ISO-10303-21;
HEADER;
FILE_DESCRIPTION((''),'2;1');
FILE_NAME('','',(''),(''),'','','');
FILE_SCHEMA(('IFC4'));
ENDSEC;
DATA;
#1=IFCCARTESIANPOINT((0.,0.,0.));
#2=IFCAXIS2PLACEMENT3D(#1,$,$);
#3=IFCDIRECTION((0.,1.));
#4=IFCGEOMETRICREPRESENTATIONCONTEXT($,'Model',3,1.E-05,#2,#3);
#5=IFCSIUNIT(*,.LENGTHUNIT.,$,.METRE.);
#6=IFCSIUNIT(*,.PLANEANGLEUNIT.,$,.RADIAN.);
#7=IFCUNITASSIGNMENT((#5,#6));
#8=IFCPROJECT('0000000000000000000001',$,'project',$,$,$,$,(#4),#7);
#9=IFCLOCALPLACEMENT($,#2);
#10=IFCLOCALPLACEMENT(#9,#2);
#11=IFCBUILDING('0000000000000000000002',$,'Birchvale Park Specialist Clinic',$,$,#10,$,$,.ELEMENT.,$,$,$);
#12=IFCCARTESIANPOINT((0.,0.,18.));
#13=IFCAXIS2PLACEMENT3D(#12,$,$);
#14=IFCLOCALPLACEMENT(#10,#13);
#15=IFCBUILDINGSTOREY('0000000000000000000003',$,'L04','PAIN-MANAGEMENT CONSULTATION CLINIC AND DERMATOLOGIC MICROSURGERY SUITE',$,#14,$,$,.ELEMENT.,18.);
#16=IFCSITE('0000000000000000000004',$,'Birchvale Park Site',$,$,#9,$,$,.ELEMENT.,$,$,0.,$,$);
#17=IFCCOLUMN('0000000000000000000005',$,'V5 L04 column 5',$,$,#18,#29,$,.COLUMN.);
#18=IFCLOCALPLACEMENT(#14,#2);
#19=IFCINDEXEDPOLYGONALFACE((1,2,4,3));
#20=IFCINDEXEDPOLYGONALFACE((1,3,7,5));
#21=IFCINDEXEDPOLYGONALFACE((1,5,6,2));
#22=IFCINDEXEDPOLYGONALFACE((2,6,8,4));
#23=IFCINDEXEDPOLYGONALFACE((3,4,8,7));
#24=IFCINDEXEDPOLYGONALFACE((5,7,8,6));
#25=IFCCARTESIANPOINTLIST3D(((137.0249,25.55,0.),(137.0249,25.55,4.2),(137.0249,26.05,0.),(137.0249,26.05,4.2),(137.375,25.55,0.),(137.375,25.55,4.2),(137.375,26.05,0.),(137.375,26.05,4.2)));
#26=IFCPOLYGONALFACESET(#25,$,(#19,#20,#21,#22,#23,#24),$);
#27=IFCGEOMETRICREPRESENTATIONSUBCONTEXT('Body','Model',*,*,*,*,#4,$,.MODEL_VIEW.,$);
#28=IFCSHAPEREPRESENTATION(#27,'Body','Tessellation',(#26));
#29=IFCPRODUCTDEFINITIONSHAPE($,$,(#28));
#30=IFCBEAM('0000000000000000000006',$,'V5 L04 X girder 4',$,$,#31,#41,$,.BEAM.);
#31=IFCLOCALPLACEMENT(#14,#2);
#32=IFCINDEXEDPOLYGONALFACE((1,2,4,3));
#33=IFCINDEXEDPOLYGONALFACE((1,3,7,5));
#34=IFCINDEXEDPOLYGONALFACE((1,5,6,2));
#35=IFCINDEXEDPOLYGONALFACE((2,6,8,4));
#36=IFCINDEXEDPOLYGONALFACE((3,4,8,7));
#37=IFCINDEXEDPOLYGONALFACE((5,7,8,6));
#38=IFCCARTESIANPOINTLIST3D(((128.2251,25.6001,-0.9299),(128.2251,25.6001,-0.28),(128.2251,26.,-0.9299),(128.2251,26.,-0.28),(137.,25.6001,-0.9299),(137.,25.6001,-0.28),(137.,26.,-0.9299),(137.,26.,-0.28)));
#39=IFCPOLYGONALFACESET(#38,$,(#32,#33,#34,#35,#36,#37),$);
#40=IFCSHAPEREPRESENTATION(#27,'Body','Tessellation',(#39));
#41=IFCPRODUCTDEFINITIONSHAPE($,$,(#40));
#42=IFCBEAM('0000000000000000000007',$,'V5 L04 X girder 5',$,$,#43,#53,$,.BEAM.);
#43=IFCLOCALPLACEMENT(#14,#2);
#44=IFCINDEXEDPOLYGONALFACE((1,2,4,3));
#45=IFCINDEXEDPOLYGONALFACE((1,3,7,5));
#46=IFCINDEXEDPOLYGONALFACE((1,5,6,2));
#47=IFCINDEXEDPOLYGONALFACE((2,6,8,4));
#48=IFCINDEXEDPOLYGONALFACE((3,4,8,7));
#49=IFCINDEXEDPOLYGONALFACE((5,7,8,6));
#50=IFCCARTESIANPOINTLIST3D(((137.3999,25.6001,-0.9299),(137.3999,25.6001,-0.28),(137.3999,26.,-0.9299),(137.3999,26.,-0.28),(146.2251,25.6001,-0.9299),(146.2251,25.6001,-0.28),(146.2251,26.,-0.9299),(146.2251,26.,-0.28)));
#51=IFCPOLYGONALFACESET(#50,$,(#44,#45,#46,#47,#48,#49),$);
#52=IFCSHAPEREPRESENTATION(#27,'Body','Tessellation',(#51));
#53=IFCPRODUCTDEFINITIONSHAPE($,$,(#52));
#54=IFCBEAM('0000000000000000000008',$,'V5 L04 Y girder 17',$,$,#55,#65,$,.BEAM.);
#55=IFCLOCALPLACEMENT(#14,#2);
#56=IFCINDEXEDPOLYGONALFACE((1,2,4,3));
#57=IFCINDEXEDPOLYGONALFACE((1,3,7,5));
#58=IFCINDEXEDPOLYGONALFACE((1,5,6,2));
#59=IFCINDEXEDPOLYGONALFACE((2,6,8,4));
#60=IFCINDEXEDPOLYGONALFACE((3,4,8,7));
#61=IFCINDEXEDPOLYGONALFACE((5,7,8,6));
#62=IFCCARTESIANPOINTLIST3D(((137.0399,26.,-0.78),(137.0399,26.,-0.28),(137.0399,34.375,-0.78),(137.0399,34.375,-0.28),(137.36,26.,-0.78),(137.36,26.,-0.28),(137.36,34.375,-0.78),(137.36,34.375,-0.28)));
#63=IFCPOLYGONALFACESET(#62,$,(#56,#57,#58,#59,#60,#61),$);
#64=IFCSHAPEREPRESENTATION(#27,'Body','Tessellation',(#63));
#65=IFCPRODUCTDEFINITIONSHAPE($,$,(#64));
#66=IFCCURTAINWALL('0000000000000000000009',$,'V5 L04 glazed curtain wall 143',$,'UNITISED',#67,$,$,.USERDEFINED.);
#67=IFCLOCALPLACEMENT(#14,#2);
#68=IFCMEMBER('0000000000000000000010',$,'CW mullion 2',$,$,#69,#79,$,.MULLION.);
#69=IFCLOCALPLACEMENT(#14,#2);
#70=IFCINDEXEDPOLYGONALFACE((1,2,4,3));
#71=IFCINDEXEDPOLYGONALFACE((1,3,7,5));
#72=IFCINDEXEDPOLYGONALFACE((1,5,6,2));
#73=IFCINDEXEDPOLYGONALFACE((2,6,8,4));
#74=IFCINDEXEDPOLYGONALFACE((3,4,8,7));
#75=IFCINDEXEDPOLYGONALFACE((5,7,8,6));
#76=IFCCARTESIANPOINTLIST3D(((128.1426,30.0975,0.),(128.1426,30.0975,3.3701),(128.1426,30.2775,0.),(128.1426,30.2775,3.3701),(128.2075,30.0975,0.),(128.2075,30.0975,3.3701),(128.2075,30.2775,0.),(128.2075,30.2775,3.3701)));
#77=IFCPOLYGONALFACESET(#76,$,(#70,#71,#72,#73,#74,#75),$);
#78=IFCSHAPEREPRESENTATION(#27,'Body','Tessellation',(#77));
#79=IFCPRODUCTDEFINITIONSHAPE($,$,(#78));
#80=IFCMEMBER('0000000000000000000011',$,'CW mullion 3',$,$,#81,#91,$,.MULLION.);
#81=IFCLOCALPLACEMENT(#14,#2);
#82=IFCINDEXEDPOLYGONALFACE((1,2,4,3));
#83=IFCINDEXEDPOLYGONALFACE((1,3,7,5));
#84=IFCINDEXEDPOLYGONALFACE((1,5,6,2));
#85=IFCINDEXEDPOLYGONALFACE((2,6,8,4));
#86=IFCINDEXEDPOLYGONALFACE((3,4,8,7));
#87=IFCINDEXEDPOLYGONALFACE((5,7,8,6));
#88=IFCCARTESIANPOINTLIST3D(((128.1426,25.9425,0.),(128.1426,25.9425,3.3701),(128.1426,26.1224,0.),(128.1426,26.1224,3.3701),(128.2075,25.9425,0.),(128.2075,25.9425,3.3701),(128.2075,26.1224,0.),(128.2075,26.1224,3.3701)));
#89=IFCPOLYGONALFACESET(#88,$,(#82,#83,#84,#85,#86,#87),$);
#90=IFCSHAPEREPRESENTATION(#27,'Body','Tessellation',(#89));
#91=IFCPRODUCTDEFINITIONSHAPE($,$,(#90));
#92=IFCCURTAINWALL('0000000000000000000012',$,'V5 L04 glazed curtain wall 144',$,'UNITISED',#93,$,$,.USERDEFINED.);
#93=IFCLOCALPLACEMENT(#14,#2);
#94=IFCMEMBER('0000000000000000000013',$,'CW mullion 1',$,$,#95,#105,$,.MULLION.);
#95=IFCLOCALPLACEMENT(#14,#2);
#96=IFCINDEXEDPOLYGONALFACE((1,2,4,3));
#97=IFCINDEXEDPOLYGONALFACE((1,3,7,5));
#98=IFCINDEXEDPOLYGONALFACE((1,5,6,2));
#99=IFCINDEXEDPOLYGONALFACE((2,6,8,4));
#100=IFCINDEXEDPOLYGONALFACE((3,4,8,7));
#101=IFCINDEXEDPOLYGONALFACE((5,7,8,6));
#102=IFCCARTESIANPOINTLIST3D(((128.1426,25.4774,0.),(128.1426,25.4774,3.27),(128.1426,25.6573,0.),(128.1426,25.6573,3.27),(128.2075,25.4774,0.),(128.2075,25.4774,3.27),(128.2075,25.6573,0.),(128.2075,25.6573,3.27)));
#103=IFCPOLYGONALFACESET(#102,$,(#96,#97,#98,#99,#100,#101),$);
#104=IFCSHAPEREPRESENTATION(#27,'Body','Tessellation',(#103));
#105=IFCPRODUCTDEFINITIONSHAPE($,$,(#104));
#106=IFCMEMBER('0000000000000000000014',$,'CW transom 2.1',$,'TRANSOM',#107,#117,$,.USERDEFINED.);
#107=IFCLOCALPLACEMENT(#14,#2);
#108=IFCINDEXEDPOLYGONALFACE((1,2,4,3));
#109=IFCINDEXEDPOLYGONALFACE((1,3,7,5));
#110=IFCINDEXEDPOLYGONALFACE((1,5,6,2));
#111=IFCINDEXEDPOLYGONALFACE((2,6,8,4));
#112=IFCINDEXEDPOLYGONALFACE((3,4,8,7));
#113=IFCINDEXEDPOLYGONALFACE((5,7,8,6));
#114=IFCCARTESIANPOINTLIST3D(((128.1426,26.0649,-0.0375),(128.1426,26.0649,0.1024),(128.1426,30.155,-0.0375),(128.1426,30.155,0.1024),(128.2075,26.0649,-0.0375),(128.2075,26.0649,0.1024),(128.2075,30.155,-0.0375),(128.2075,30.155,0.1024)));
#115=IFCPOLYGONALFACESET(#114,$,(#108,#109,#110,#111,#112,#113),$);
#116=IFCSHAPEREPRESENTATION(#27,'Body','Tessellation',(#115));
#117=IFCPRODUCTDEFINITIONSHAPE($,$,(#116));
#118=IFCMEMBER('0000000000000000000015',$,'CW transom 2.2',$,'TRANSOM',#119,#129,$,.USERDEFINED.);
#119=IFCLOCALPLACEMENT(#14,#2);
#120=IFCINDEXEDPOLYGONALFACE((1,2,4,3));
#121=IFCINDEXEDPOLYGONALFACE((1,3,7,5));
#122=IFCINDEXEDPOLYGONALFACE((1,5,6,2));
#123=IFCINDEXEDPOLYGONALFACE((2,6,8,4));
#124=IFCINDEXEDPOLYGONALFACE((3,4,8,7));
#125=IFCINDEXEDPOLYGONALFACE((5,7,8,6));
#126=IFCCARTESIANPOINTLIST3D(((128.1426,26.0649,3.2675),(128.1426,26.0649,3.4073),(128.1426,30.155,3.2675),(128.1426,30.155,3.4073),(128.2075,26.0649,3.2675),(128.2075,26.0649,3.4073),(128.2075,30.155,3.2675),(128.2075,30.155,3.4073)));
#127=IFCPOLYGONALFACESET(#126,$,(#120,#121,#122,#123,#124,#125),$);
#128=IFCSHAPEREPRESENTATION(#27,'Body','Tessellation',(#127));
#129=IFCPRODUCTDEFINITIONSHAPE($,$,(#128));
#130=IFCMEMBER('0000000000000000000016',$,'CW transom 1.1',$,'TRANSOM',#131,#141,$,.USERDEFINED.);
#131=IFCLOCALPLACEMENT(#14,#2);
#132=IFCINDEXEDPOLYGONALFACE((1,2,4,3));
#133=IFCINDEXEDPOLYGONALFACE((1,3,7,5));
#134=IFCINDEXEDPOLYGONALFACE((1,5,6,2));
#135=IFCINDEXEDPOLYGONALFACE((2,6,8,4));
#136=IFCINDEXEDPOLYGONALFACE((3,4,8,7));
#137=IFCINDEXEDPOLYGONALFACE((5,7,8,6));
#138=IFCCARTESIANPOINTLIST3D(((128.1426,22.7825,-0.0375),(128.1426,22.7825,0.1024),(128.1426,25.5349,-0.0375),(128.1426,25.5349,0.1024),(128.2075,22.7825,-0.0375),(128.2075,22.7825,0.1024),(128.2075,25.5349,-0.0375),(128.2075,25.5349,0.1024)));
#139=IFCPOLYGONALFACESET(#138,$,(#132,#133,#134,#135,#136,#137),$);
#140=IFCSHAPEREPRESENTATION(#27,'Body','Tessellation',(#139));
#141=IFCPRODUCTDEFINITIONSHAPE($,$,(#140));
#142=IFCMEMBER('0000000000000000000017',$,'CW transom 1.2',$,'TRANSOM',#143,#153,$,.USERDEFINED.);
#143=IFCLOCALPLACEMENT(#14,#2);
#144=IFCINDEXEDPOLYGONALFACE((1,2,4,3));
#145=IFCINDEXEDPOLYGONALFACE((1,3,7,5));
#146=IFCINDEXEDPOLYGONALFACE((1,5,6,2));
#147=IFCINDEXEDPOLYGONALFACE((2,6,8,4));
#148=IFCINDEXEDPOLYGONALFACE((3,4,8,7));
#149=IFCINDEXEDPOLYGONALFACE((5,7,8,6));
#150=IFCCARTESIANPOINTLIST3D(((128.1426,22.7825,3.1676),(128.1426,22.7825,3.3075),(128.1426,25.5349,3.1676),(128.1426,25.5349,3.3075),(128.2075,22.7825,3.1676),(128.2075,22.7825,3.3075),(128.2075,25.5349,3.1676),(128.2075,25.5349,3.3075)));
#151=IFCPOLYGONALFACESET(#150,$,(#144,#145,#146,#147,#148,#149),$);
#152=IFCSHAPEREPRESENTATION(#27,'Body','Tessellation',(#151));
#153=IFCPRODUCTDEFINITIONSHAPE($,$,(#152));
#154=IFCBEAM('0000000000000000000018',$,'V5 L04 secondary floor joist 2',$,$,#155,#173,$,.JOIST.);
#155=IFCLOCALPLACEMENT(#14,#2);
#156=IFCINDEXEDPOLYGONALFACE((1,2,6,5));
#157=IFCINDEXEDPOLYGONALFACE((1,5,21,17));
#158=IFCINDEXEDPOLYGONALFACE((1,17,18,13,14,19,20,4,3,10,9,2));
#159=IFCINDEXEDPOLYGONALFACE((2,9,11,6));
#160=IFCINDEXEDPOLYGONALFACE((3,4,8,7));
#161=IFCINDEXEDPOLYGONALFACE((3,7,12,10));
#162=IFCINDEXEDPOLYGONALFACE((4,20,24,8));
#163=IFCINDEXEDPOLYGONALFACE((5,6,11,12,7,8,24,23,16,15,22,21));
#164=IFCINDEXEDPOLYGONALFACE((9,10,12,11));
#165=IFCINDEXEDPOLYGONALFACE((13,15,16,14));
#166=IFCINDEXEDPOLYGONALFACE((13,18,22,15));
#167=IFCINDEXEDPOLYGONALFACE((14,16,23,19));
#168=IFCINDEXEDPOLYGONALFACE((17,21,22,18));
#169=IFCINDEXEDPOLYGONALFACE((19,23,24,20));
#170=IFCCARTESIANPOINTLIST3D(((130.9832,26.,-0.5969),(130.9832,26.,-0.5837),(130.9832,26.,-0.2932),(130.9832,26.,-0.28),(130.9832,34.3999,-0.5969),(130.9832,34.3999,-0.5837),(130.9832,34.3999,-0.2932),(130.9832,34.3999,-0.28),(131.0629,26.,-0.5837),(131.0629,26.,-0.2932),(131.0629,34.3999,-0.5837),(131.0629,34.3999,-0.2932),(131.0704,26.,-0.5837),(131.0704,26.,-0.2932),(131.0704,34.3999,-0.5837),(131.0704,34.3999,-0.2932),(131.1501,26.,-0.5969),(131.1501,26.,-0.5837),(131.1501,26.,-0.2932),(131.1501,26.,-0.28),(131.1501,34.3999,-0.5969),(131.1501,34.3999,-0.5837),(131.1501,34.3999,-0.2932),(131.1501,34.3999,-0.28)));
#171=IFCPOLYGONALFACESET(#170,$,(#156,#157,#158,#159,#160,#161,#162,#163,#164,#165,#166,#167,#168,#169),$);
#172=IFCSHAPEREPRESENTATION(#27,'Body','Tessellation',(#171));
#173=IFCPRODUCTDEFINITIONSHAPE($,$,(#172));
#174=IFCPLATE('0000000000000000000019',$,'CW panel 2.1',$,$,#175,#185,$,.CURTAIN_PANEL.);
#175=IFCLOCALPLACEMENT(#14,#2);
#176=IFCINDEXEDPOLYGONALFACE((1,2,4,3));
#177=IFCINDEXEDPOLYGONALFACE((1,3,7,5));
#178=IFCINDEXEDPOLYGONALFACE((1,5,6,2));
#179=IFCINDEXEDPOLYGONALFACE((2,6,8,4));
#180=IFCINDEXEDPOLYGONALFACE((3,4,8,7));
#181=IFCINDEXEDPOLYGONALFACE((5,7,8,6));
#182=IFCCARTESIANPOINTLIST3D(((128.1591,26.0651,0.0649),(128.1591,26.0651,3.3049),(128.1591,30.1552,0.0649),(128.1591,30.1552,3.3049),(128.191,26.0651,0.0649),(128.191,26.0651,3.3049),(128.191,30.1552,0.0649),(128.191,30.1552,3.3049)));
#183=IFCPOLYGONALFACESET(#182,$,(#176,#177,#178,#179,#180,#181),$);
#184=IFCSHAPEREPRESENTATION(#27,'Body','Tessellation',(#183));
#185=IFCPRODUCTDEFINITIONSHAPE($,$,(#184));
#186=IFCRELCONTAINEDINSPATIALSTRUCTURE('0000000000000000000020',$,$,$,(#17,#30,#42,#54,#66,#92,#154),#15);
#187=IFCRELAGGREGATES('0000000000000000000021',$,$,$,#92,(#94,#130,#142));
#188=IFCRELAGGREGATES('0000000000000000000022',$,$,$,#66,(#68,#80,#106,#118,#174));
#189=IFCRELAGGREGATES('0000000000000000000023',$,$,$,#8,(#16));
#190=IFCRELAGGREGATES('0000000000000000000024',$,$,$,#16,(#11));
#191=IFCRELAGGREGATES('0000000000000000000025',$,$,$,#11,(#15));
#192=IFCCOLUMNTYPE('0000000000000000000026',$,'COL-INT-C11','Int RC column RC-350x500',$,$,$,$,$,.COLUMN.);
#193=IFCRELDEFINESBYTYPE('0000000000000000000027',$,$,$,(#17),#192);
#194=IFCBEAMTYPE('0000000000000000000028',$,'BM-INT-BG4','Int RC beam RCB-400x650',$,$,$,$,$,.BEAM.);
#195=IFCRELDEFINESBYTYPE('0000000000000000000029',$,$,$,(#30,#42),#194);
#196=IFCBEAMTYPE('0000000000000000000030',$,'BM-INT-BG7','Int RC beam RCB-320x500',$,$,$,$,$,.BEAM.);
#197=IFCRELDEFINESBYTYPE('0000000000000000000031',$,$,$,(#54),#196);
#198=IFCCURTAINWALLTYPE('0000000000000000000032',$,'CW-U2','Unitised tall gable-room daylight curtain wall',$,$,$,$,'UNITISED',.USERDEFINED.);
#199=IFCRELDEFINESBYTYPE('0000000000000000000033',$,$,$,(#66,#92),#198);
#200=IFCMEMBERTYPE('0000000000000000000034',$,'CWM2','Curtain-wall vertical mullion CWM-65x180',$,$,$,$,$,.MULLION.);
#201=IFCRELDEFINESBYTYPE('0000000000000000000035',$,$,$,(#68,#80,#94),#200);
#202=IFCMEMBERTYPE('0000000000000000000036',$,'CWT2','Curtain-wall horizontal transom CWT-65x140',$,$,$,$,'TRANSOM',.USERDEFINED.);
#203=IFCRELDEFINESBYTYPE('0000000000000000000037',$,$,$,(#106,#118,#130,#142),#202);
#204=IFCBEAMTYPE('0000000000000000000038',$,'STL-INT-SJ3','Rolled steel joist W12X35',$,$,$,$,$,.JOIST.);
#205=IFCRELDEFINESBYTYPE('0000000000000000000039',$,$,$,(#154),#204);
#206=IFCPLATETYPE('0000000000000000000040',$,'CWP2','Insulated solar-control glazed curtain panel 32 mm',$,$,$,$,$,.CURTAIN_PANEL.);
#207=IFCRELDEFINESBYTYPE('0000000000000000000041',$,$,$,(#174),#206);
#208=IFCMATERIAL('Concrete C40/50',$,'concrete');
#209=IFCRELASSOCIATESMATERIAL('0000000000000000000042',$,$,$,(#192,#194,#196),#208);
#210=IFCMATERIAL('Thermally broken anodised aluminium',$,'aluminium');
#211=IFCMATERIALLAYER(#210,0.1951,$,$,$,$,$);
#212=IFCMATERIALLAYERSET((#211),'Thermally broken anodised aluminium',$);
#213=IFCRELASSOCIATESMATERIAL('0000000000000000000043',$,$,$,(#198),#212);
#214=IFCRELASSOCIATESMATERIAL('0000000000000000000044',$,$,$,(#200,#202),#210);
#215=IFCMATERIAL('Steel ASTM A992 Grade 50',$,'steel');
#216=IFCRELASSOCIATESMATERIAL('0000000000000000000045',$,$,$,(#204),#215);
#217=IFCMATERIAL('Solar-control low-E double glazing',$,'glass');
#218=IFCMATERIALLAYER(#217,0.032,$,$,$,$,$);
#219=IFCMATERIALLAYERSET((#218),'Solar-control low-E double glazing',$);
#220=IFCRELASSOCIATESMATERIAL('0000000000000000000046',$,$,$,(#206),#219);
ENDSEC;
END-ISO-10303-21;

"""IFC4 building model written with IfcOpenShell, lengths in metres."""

from ifc_helpers import new_model, si_unit, direction, frame, origin, origin_2d, place, context, subcontext, project, spatial, rectangle, i_section, extrude, material, layer, layer_set, material_profile, profile_set, type_object, element, aggregate, save


model = new_model("IFC4")

# Units and contexts
model_context = context("Model", 3, precision=1e-05, world=origin(), true_north=direction((0.0, 1.0)))
body_context = subcontext(model_context, "Body", "Model", "MODEL_VIEW")
ifc_project = project(units=[si_unit("LENGTHUNIT", "METRE"), si_unit("PLANEANGLEUNIT", "RADIAN")], contexts=[model_context])

# Site, building, storey
site_placement = place(None, origin())
site = spatial("IfcSite", under=ifc_project, at=site_placement, Name="Birchvale Park Site", CompositionType="ELEMENT", RefElevation=0.0)
building_placement = place(site_placement, origin())
building = spatial("IfcBuilding", under=site, at=building_placement, Name="Birchvale Park Specialist Clinic", CompositionType="ELEMENT")
storey_placement = place(building_placement, frame((0.0, 0.0, 18.0)))
storey = spatial("IfcBuildingStorey", under=building, at=storey_placement, Name="L04", Description="PAIN-MANAGEMENT CONSULTATION CLINIC AND DERMATOLOGIC MICROSURGERY SUITE", CompositionType="ELEMENT", Elevation=18.0)

# Column
ifc_material_1 = material(Name="Concrete C40/50", Category="concrete")
ifc_material_profile_1 = material_profile(ifc_material_1, rectangle(XDim=0.3501, YDim=0.5, at=origin_2d()), Name="RC-350x500")
ifc_profile_set_1 = profile_set([ifc_material_profile_1], Name="Concrete C40/50")
column_type = type_object("IfcColumnType", Name="COL-INT-C11", Description="Int RC column RC-350x500", PredefinedType="COLUMN", material=ifc_profile_set_1)
column_placement = place(storey_placement, frame((137.2, 25.8, 0.0), z_axis=(0.0, 0.0, 1.0), x_axis=(1.0, 0.0, 0.0)))
element("IfcColumn", 1, at=column_placement, inside=storey, type_object=column_type, Name="V5 L04 column 5", PredefinedType="COLUMN", context=body_context, shape_type="SweptSolid", body=[
    extrude(rectangle(XDim=0.3501, YDim=0.5, at=origin_2d()), origin(), (0.0, 0.0, 1.0), 4.2),
])

# Beams
ifc_material_profile_2 = material_profile(ifc_material_1, rectangle(XDim=0.3999, YDim=0.6499, at=origin_2d()), Name="RCB-400x650")
ifc_profile_set_2 = profile_set([ifc_material_profile_2], Name="Concrete C40/50")
beam_type_1 = type_object("IfcBeamType", Name="BM-INT-BG4", Description="Int RC beam RCB-400x650", PredefinedType="BEAM", material=ifc_profile_set_2)
beam_1_placement = place(storey_placement, frame((128.2251, 25.8, -0.605), z_axis=(1.0, 0.0, 0.0), x_axis=(0.0, 1.0, 0.0)))
element("IfcBeam", 2, at=beam_1_placement, inside=storey, type_object=beam_type_1, Name="V5 L04 X girder 4", PredefinedType="BEAM", context=body_context, shape_type="SweptSolid", body=[
    extrude(rectangle(XDim=0.3999, YDim=0.6499, at=origin_2d()), origin(), (0.0, 0.0, 1.0), 8.7749),
])
beam_2_placement = place(storey_placement, frame((137.3999, 25.8, -0.605), z_axis=(1.0, 0.0, 0.0), x_axis=(0.0, 1.0, 0.0)))
element("IfcBeam", 3, at=beam_2_placement, inside=storey, type_object=beam_type_1, Name="V5 L04 X girder 5", PredefinedType="BEAM", context=body_context, shape_type="SweptSolid", body=[
    extrude(rectangle(XDim=0.3999, YDim=0.6499, at=origin_2d()), origin(), (0.0, 0.0, 1.0), 8.8252),
])
ifc_material_profile_3 = material_profile(ifc_material_1, rectangle(XDim=0.3201, YDim=0.5, at=origin_2d()), Name="RCB-320x500")
ifc_profile_set_3 = profile_set([ifc_material_profile_3], Name="Concrete C40/50")
beam_type_2 = type_object("IfcBeamType", Name="BM-INT-BG7", Description="Int RC beam RCB-320x500", PredefinedType="BEAM", material=ifc_profile_set_3)
beam_3_placement = place(storey_placement, frame((137.2, 26.0, -0.53), z_axis=(0.0, 1.0, 0.0), x_axis=(-1.0, 0.0, 0.0)))
element("IfcBeam", 4, at=beam_3_placement, inside=storey, type_object=beam_type_2, Name="V5 L04 Y girder 17", PredefinedType="BEAM", context=body_context, shape_type="SweptSolid", body=[
    extrude(rectangle(XDim=0.3201, YDim=0.5, at=origin_2d()), origin(), (0.0, 0.0, 1.0), 8.375),
])

# Curtain wall, members
ifc_material_2 = material(Name="Thermally broken anodised aluminium", Category="aluminium")
ifc_layer_1 = layer(ifc_material_2, 0.1951)
ifc_layer_set_1 = layer_set([ifc_layer_1], Name="Thermally broken anodised aluminium")
curtain_wall_type = type_object("IfcCurtainWallType", Name="CW-U2", Description="Unitised tall gable-room daylight curtain wall", ElementType="UNITISED", PredefinedType="USERDEFINED", material=ifc_layer_set_1)
curtain_wall_1_placement = place(storey_placement, origin())
curtain_wall_1 = element("IfcCurtainWall", 5, at=curtain_wall_1_placement, inside=storey, type_object=curtain_wall_type, Name="V5 L04 glazed curtain wall 143", ObjectType="UNITISED", PredefinedType="USERDEFINED")
ifc_material_profile_4 = material_profile(ifc_material_2, rectangle(XDim=0.0649, YDim=0.1799, at=origin_2d()), Name="CWM-65x180")
ifc_profile_set_4 = profile_set([ifc_material_profile_4], Name="Thermally broken anodised aluminium")
member_type_1 = type_object("IfcMemberType", Name="CWM2", Description="Curtain-wall vertical mullion CWM-65x180", PredefinedType="MULLION", material=ifc_profile_set_4)
member_1_placement = place(storey_placement, frame((128.175, 30.1875, 0.0), z_axis=(0.0, 0.0, 1.0), x_axis=(1.0, 0.0, 0.0)))
member_1 = element("IfcMember", 6, at=member_1_placement, type_object=member_type_1, Name="CW mullion 2", PredefinedType="MULLION", context=body_context, shape_type="SweptSolid", body=[
    extrude(rectangle(XDim=0.0649, YDim=0.1799, at=origin_2d()), origin(), (0.0, 0.0, 1.0), 3.3701),
])
member_2_placement = place(storey_placement, frame((128.175, 26.0325, 0.0), z_axis=(0.0, 0.0, 1.0), x_axis=(1.0, 0.0, 0.0)))
member_2 = element("IfcMember", 7, at=member_2_placement, type_object=member_type_1, Name="CW mullion 3", PredefinedType="MULLION", context=body_context, shape_type="SweptSolid", body=[
    extrude(rectangle(XDim=0.0649, YDim=0.1799, at=origin_2d()), origin(), (0.0, 0.0, 1.0), 3.3701),
])

# Curtain wall, member
curtain_wall_2_placement = place(storey_placement, origin())
curtain_wall_2 = element("IfcCurtainWall", 8, at=curtain_wall_2_placement, inside=storey, type_object=curtain_wall_type, Name="V5 L04 glazed curtain wall 144", ObjectType="UNITISED", PredefinedType="USERDEFINED")
member_3_placement = place(storey_placement, frame((128.175, 25.5674, 0.0), z_axis=(0.0, 0.0, 1.0), x_axis=(1.0, 0.0, 0.0)))
member_3 = element("IfcMember", 9, at=member_3_placement, type_object=member_type_1, Name="CW mullion 1", PredefinedType="MULLION", context=body_context, shape_type="SweptSolid", body=[
    extrude(rectangle(XDim=0.0649, YDim=0.1799, at=origin_2d()), origin(), (0.0, 0.0, 1.0), 3.27),
])

# Members
ifc_material_profile_5 = material_profile(ifc_material_2, rectangle(XDim=0.0649, YDim=0.1399, at=origin_2d()), Name="CWT-65x140")
ifc_profile_set_5 = profile_set([ifc_material_profile_5], Name="Thermally broken anodised aluminium")
member_type_2 = type_object("IfcMemberType", Name="CWT2", Description="Curtain-wall horizontal transom CWT-65x140", ElementType="TRANSOM", PredefinedType="USERDEFINED", material=ifc_profile_set_5)
member_4_placement = place(storey_placement, frame((128.175, 30.155, 0.0325), z_axis=(0.0, -1.0, 0.0), x_axis=(1.0, 0.0, 0.0)))
member_4 = element("IfcMember", 10, at=member_4_placement, type_object=member_type_2, Name="CW transom 2.1", ObjectType="TRANSOM", PredefinedType="USERDEFINED", context=body_context, shape_type="SweptSolid", body=[
    extrude(rectangle(XDim=0.0649, YDim=0.1399, at=origin_2d()), origin(), (0.0, 0.0, 1.0), 4.0901),
])
member_5_placement = place(storey_placement, frame((128.175, 30.155, 3.3374), z_axis=(0.0, -1.0, 0.0), x_axis=(1.0, 0.0, 0.0)))
member_5 = element("IfcMember", 11, at=member_5_placement, type_object=member_type_2, Name="CW transom 2.2", ObjectType="TRANSOM", PredefinedType="USERDEFINED", context=body_context, shape_type="SweptSolid", body=[
    extrude(rectangle(XDim=0.0649, YDim=0.1399, at=origin_2d()), origin(), (0.0, 0.0, 1.0), 4.0901),
])
member_6_placement = place(storey_placement, frame((128.175, 25.5349, 0.0325), z_axis=(0.0, -1.0, 0.0), x_axis=(1.0, 0.0, 0.0)))
member_6 = element("IfcMember", 12, at=member_6_placement, type_object=member_type_2, Name="CW transom 1.1", ObjectType="TRANSOM", PredefinedType="USERDEFINED", context=body_context, shape_type="SweptSolid", body=[
    extrude(rectangle(XDim=0.0649, YDim=0.1399, at=origin_2d()), origin(), (0.0, 0.0, 1.0), 2.7524),
])
member_7_placement = place(storey_placement, frame((128.175, 25.5349, 3.2375), z_axis=(0.0, -1.0, 0.0), x_axis=(1.0, 0.0, 0.0)))
member_7 = element("IfcMember", 13, at=member_7_placement, type_object=member_type_2, Name="CW transom 1.2", ObjectType="TRANSOM", PredefinedType="USERDEFINED", context=body_context, shape_type="SweptSolid", body=[
    extrude(rectangle(XDim=0.0649, YDim=0.1399, at=origin_2d()), origin(), (0.0, 0.0, 1.0), 2.7524),
])
aggregate(curtain_wall_2, [member_3, member_6, member_7])

# Beam
ifc_material_3 = material(Name="Steel ASTM A992 Grade 50", Category="steel")
ifc_material_profile_6 = material_profile(ifc_material_3, i_section(OverallWidth=0.167, OverallDepth=0.3169, WebThickness=0.0076, FlangeThickness=0.0132, at=origin_2d()), Name="W12X35")
ifc_profile_set_6 = profile_set([ifc_material_profile_6], Name="Steel ASTM A992 Grade 50")
beam_type_3 = type_object("IfcBeamType", Name="STL-INT-SJ3", Description="Rolled steel joist W12X35", PredefinedType="JOIST", material=ifc_profile_set_6)
beam_4_placement = place(storey_placement, frame((131.0667, 26.0, -0.4385), z_axis=(0.0, 1.0, 0.0), x_axis=(-1.0, 0.0, 0.0)))
element("IfcBeam", 14, at=beam_4_placement, inside=storey, type_object=beam_type_3, Name="V5 L04 secondary floor joist 2", PredefinedType="JOIST", context=body_context, shape_type="SweptSolid", body=[
    extrude(i_section(OverallWidth=0.167, OverallDepth=0.3169, WebThickness=0.0076, FlangeThickness=0.0132, at=origin_2d()), origin(), (0.0, 0.0, 1.0), 8.3999),
])

# Plate
ifc_material_4 = material(Name="Solar-control low-E double glazing", Category="glass")
ifc_layer_2 = layer(ifc_material_4, 0.032)
ifc_layer_set_2 = layer_set([ifc_layer_2], Name="Solar-control low-E double glazing")
plate_type = type_object("IfcPlateType", Name="CWP2", Description="Insulated solar-control glazed curtain panel 32 mm", PredefinedType="CURTAIN_PANEL", material=ifc_layer_set_2)
plate_placement = place(storey_placement, frame((128.175, 28.1101, 0.0649), z_axis=(0.0, 0.0, 1.0), x_axis=(0.0, -1.0, 0.0)))
plate = element("IfcPlate", 15, at=plate_placement, type_object=plate_type, Name="CW panel 2.1", PredefinedType="CURTAIN_PANEL", context=body_context, shape_type="SweptSolid", body=[
    extrude(rectangle(XDim=4.0901, YDim=0.032, at=origin_2d()), origin(), (0.0, 0.0, 1.0), 3.24),
])
aggregate(curtain_wall_1, [member_1, member_2, member_4, member_5, plate])

save(model, "model.ifc")
